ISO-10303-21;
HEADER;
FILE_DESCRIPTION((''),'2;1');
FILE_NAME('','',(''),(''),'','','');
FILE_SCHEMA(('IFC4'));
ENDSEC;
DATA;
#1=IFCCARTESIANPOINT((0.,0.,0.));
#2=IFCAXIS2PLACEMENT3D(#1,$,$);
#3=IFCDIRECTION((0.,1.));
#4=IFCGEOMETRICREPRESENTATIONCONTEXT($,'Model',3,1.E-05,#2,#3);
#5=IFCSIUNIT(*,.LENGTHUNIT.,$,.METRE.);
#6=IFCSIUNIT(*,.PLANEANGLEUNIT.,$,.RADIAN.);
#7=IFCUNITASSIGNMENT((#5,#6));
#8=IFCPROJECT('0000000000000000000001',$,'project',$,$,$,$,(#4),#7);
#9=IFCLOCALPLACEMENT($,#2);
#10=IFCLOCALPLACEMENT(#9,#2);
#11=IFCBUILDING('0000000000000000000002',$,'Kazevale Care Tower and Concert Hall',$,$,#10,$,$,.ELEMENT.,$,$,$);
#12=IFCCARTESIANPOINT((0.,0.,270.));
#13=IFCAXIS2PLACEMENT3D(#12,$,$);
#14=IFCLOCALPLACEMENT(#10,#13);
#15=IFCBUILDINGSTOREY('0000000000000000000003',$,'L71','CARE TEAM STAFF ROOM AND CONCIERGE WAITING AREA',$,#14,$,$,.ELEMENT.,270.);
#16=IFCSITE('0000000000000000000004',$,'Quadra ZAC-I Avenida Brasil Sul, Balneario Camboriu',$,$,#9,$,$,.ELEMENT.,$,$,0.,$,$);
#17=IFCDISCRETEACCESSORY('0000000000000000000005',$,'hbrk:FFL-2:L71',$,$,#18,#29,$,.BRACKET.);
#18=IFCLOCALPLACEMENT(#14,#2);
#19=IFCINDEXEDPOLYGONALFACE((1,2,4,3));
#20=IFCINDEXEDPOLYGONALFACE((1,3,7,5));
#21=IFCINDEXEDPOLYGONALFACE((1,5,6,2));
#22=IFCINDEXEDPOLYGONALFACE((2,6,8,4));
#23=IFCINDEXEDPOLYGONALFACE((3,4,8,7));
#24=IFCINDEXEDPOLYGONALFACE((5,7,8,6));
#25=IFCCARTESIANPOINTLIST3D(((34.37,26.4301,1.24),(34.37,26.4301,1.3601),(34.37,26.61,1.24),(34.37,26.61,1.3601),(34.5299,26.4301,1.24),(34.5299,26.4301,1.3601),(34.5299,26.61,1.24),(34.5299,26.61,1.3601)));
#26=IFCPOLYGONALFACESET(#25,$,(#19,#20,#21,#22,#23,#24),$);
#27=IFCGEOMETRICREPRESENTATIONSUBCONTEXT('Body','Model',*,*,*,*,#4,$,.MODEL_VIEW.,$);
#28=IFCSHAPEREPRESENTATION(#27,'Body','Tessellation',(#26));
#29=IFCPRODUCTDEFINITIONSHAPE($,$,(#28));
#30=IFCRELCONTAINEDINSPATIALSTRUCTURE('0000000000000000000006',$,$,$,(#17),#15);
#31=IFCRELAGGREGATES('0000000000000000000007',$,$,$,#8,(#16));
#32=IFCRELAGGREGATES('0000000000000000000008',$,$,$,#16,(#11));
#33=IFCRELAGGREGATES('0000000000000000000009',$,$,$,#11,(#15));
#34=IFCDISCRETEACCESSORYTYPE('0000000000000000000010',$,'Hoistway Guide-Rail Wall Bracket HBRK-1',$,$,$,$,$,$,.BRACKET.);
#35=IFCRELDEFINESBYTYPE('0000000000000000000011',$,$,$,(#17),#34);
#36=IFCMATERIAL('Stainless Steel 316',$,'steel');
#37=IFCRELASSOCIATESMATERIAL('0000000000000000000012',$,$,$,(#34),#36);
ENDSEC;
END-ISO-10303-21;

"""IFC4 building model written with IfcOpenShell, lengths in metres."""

from ifc_helpers import new_model, si_unit, direction, frame, origin, origin_2d, place, context, subcontext, project, spatial, rectangle, extrude, material, type_object, element, save


model = new_model("IFC4")

# Units and contexts
model_context = context("Model", 3, precision=1e-05, world=origin(), true_north=direction((0.0, 1.0)))
body_context = subcontext(model_context, "Body", "Model", "MODEL_VIEW")
ifc_project = project(units=[si_unit("LENGTHUNIT", "METRE"), si_unit("PLANEANGLEUNIT", "RADIAN")], contexts=[model_context])

# Site, building, storey
site_placement = place(None, origin())
site = spatial("IfcSite", under=ifc_project, at=site_placement, Name="Quadra ZAC-I Avenida Brasil Sul, Balneario Camboriu", CompositionType="ELEMENT", RefElevation=0.0)
building_placement = place(site_placement, origin())
building = spatial("IfcBuilding", under=site, at=building_placement, Name="Kazevale Care Tower and Concert Hall", CompositionType="ELEMENT")
storey_placement = place(building_placement, frame((0.0, 0.0, 270.0)))
storey = spatial("IfcBuildingStorey", under=building, at=storey_placement, Name="L71", Description="CARE TEAM STAFF ROOM AND CONCIERGE WAITING AREA", CompositionType="ELEMENT", Elevation=270.0)

# Shared definitions
ifc_material_1 = material(Name="Stainless Steel 316", Category="steel")

# Discrete accessory
discrete_accessory_type = type_object("IfcDiscreteAccessoryType", Name="Hoistway Guide-Rail Wall Bracket HBRK-1", PredefinedType="BRACKET", material=ifc_material_1)
discrete_accessory_placement = place(storey_placement, frame((34.45, 26.52, 1.24), z_axis=(0.0, 0.0, 1.0), x_axis=(1.0, 0.0, 0.0)))
element("IfcDiscreteAccessory", 1, at=discrete_accessory_placement, inside=storey, type_object=discrete_accessory_type, Name="hbrk:FFL-2:L71", PredefinedType="BRACKET", context=body_context, shape_type="SweptSolid", body=[
    extrude(rectangle(XDim=0.1599, YDim=0.1799, at=origin_2d()), origin(), (0.0, 0.0, 1.0), 0.1201),
])

save(model, "model.ifc")
